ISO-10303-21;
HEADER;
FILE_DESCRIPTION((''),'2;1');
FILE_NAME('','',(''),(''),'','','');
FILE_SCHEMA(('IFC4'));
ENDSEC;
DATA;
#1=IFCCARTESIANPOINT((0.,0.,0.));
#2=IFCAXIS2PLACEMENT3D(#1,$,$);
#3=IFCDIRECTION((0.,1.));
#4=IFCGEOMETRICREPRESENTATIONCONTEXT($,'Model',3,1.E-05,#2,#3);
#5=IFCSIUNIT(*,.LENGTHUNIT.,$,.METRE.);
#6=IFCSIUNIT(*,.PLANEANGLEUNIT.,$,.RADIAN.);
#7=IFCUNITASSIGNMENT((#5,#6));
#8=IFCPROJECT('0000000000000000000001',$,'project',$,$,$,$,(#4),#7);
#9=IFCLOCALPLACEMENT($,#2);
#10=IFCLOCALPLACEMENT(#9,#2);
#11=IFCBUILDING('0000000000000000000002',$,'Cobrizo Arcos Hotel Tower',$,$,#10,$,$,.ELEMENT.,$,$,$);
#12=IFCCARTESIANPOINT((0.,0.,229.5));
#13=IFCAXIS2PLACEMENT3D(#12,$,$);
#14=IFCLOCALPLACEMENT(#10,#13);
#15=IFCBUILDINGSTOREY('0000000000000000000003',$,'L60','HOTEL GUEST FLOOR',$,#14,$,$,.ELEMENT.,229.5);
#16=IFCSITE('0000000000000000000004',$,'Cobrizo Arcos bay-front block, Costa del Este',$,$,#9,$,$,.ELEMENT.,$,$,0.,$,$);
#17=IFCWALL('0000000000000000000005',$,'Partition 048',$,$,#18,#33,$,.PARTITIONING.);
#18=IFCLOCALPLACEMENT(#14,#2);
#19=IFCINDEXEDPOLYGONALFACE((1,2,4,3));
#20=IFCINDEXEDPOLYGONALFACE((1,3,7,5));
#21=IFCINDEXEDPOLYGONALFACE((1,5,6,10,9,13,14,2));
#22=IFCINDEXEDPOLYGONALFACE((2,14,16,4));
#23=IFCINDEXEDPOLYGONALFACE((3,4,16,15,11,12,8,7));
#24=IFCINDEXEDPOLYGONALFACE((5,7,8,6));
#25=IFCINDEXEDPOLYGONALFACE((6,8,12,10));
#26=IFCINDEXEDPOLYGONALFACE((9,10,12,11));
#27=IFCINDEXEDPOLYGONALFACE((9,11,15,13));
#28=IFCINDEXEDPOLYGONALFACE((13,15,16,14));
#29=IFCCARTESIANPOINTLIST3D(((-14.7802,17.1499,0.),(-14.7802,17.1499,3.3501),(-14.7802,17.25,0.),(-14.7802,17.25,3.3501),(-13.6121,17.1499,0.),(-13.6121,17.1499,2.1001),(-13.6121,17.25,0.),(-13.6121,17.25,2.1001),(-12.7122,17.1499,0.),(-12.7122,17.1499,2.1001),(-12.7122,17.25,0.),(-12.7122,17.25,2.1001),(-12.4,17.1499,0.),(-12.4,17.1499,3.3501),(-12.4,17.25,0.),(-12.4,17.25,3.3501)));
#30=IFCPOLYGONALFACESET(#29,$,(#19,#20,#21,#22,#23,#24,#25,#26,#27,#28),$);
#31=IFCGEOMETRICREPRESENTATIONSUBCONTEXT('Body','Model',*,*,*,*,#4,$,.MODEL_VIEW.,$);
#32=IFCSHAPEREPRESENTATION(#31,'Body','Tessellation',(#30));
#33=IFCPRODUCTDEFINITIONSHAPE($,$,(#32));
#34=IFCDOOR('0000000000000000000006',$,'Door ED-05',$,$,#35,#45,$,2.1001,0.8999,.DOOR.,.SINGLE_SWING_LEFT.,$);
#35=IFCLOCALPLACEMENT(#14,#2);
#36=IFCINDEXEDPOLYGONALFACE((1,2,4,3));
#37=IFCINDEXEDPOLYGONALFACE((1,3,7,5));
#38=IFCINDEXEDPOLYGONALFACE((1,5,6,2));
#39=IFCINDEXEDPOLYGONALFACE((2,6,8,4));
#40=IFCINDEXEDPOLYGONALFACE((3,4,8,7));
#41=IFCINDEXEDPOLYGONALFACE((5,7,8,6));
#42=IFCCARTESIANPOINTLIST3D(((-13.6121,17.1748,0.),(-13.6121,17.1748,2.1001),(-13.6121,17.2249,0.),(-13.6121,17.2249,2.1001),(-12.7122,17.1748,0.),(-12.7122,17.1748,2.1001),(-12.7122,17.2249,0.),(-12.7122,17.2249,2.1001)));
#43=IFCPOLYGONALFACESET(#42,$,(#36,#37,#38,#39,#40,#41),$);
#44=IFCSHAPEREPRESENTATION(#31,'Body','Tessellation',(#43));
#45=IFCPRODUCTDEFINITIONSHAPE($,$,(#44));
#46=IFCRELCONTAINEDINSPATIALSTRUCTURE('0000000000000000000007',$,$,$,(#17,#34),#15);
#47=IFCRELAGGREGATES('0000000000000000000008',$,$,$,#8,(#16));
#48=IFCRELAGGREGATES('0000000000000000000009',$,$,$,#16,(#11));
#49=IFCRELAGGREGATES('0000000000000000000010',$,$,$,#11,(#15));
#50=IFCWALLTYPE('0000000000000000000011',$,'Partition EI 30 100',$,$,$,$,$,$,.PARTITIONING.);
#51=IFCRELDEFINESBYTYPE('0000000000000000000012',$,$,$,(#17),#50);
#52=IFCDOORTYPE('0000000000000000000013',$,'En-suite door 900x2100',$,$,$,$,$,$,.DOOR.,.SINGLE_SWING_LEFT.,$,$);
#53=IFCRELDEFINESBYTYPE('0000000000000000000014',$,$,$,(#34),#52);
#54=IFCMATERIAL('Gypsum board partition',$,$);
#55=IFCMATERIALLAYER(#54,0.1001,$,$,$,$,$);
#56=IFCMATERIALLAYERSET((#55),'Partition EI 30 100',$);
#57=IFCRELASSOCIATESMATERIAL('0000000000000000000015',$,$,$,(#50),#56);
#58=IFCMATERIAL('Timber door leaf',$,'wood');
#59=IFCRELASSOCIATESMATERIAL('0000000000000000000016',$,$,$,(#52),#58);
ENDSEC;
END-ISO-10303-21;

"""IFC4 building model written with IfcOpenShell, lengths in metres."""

from ifc_helpers import new_model, si_unit, direction, frame, frame_2d, origin, place, context, subcontext, project, spatial, rectangle, extrude, material, layer, layer_set, type_object, element, fill, save


model = new_model("IFC4")

# Units and contexts
model_context = context("Model", 3, precision=1e-05, world=origin(), true_north=direction((0.0, 1.0)))
body_context = subcontext(model_context, "Body", "Model", "MODEL_VIEW")
ifc_project = project(units=[si_unit("LENGTHUNIT", "METRE"), si_unit("PLANEANGLEUNIT", "RADIAN")], contexts=[model_context])

# Site, building, storey
site_placement = place(None, origin())
site = spatial("IfcSite", under=ifc_project, at=site_placement, Name="Cobrizo Arcos bay-front block, Costa del Este", CompositionType="ELEMENT", RefElevation=0.0)
building_placement = place(site_placement, origin())
building = spatial("IfcBuilding", under=site, at=building_placement, Name="Cobrizo Arcos Hotel Tower", CompositionType="ELEMENT")
storey_placement = place(building_placement, frame((0.0, 0.0, 229.5)))
storey = spatial("IfcBuildingStorey", under=building, at=storey_placement, Name="L60", Description="HOTEL GUEST FLOOR", CompositionType="ELEMENT", Elevation=229.5)

# Wall, opening, door
ifc_material_1 = material(Name="Gypsum board partition")
ifc_layer_1 = layer(ifc_material_1, 0.1001)
ifc_layer_set_1 = layer_set([ifc_layer_1], Name="Partition EI 30 100")
wall_type = type_object("IfcWallType", Name="Partition EI 30 100", PredefinedType="PARTITIONING", material=ifc_layer_set_1)
wall_placement = place(storey_placement, frame((-14.78, 17.2, 0.0), z_axis=(0.0, 0.0, 1.0), x_axis=(1.0, 0.0, 0.0)))
wall = element("IfcWall", 1, at=wall_placement, inside=storey, type_object=wall_type, Name="Partition 048", PredefinedType="PARTITIONING", context=body_context, shape_type="SweptSolid", body=[
    extrude(rectangle(XDim=2.3801, YDim=0.1001, at=frame_2d((1.1899, 0.0))), origin(), (0.0, 0.0, 1.0), 3.3501),
])
opening_placement = place(wall_placement, frame((1.168, 0.0, 0.0)))
opening = element("IfcOpeningElement", 2, at=opening_placement, cuts=wall, PredefinedType="OPENING", context=body_context, shape_type="SweptSolid", body=[
    extrude(rectangle(XDim=0.8999, YDim=2.1001, at=frame_2d((0.45, 1.05))), frame((0.0, 0.062, 0.0), z_axis=(0.0, -1.0, 0.0), x_axis=(1.0, 0.0, 0.0)), (0.0, 0.0, 1.0), 0.124),
])
ifc_material_2 = material(Name="Timber door leaf", Category="wood")
door_type = type_object("IfcDoorType", Name="En-suite door 900x2100", OperationType="SINGLE_SWING_LEFT", PredefinedType="DOOR", material=ifc_material_2)
door_placement = place(opening_placement, origin())
door = element("IfcDoor", 3, at=door_placement, inside=storey, type_object=door_type, Name="Door ED-05", OperationType="SINGLE_SWING_LEFT", OverallHeight=2.1001, OverallWidth=0.8999, PredefinedType="DOOR", context=body_context, shape_type="SweptSolid", body=[
    extrude(rectangle(XDim=0.8999, YDim=2.1001, at=frame_2d((0.45, 1.05))), frame((0.0, 0.0249, 0.0), z_axis=(0.0, -1.0, 0.0), x_axis=(1.0, 0.0, 0.0)), (0.0, 0.0, 1.0), 0.05),
])
fill(opening, door)

save(model, "model.ifc")
